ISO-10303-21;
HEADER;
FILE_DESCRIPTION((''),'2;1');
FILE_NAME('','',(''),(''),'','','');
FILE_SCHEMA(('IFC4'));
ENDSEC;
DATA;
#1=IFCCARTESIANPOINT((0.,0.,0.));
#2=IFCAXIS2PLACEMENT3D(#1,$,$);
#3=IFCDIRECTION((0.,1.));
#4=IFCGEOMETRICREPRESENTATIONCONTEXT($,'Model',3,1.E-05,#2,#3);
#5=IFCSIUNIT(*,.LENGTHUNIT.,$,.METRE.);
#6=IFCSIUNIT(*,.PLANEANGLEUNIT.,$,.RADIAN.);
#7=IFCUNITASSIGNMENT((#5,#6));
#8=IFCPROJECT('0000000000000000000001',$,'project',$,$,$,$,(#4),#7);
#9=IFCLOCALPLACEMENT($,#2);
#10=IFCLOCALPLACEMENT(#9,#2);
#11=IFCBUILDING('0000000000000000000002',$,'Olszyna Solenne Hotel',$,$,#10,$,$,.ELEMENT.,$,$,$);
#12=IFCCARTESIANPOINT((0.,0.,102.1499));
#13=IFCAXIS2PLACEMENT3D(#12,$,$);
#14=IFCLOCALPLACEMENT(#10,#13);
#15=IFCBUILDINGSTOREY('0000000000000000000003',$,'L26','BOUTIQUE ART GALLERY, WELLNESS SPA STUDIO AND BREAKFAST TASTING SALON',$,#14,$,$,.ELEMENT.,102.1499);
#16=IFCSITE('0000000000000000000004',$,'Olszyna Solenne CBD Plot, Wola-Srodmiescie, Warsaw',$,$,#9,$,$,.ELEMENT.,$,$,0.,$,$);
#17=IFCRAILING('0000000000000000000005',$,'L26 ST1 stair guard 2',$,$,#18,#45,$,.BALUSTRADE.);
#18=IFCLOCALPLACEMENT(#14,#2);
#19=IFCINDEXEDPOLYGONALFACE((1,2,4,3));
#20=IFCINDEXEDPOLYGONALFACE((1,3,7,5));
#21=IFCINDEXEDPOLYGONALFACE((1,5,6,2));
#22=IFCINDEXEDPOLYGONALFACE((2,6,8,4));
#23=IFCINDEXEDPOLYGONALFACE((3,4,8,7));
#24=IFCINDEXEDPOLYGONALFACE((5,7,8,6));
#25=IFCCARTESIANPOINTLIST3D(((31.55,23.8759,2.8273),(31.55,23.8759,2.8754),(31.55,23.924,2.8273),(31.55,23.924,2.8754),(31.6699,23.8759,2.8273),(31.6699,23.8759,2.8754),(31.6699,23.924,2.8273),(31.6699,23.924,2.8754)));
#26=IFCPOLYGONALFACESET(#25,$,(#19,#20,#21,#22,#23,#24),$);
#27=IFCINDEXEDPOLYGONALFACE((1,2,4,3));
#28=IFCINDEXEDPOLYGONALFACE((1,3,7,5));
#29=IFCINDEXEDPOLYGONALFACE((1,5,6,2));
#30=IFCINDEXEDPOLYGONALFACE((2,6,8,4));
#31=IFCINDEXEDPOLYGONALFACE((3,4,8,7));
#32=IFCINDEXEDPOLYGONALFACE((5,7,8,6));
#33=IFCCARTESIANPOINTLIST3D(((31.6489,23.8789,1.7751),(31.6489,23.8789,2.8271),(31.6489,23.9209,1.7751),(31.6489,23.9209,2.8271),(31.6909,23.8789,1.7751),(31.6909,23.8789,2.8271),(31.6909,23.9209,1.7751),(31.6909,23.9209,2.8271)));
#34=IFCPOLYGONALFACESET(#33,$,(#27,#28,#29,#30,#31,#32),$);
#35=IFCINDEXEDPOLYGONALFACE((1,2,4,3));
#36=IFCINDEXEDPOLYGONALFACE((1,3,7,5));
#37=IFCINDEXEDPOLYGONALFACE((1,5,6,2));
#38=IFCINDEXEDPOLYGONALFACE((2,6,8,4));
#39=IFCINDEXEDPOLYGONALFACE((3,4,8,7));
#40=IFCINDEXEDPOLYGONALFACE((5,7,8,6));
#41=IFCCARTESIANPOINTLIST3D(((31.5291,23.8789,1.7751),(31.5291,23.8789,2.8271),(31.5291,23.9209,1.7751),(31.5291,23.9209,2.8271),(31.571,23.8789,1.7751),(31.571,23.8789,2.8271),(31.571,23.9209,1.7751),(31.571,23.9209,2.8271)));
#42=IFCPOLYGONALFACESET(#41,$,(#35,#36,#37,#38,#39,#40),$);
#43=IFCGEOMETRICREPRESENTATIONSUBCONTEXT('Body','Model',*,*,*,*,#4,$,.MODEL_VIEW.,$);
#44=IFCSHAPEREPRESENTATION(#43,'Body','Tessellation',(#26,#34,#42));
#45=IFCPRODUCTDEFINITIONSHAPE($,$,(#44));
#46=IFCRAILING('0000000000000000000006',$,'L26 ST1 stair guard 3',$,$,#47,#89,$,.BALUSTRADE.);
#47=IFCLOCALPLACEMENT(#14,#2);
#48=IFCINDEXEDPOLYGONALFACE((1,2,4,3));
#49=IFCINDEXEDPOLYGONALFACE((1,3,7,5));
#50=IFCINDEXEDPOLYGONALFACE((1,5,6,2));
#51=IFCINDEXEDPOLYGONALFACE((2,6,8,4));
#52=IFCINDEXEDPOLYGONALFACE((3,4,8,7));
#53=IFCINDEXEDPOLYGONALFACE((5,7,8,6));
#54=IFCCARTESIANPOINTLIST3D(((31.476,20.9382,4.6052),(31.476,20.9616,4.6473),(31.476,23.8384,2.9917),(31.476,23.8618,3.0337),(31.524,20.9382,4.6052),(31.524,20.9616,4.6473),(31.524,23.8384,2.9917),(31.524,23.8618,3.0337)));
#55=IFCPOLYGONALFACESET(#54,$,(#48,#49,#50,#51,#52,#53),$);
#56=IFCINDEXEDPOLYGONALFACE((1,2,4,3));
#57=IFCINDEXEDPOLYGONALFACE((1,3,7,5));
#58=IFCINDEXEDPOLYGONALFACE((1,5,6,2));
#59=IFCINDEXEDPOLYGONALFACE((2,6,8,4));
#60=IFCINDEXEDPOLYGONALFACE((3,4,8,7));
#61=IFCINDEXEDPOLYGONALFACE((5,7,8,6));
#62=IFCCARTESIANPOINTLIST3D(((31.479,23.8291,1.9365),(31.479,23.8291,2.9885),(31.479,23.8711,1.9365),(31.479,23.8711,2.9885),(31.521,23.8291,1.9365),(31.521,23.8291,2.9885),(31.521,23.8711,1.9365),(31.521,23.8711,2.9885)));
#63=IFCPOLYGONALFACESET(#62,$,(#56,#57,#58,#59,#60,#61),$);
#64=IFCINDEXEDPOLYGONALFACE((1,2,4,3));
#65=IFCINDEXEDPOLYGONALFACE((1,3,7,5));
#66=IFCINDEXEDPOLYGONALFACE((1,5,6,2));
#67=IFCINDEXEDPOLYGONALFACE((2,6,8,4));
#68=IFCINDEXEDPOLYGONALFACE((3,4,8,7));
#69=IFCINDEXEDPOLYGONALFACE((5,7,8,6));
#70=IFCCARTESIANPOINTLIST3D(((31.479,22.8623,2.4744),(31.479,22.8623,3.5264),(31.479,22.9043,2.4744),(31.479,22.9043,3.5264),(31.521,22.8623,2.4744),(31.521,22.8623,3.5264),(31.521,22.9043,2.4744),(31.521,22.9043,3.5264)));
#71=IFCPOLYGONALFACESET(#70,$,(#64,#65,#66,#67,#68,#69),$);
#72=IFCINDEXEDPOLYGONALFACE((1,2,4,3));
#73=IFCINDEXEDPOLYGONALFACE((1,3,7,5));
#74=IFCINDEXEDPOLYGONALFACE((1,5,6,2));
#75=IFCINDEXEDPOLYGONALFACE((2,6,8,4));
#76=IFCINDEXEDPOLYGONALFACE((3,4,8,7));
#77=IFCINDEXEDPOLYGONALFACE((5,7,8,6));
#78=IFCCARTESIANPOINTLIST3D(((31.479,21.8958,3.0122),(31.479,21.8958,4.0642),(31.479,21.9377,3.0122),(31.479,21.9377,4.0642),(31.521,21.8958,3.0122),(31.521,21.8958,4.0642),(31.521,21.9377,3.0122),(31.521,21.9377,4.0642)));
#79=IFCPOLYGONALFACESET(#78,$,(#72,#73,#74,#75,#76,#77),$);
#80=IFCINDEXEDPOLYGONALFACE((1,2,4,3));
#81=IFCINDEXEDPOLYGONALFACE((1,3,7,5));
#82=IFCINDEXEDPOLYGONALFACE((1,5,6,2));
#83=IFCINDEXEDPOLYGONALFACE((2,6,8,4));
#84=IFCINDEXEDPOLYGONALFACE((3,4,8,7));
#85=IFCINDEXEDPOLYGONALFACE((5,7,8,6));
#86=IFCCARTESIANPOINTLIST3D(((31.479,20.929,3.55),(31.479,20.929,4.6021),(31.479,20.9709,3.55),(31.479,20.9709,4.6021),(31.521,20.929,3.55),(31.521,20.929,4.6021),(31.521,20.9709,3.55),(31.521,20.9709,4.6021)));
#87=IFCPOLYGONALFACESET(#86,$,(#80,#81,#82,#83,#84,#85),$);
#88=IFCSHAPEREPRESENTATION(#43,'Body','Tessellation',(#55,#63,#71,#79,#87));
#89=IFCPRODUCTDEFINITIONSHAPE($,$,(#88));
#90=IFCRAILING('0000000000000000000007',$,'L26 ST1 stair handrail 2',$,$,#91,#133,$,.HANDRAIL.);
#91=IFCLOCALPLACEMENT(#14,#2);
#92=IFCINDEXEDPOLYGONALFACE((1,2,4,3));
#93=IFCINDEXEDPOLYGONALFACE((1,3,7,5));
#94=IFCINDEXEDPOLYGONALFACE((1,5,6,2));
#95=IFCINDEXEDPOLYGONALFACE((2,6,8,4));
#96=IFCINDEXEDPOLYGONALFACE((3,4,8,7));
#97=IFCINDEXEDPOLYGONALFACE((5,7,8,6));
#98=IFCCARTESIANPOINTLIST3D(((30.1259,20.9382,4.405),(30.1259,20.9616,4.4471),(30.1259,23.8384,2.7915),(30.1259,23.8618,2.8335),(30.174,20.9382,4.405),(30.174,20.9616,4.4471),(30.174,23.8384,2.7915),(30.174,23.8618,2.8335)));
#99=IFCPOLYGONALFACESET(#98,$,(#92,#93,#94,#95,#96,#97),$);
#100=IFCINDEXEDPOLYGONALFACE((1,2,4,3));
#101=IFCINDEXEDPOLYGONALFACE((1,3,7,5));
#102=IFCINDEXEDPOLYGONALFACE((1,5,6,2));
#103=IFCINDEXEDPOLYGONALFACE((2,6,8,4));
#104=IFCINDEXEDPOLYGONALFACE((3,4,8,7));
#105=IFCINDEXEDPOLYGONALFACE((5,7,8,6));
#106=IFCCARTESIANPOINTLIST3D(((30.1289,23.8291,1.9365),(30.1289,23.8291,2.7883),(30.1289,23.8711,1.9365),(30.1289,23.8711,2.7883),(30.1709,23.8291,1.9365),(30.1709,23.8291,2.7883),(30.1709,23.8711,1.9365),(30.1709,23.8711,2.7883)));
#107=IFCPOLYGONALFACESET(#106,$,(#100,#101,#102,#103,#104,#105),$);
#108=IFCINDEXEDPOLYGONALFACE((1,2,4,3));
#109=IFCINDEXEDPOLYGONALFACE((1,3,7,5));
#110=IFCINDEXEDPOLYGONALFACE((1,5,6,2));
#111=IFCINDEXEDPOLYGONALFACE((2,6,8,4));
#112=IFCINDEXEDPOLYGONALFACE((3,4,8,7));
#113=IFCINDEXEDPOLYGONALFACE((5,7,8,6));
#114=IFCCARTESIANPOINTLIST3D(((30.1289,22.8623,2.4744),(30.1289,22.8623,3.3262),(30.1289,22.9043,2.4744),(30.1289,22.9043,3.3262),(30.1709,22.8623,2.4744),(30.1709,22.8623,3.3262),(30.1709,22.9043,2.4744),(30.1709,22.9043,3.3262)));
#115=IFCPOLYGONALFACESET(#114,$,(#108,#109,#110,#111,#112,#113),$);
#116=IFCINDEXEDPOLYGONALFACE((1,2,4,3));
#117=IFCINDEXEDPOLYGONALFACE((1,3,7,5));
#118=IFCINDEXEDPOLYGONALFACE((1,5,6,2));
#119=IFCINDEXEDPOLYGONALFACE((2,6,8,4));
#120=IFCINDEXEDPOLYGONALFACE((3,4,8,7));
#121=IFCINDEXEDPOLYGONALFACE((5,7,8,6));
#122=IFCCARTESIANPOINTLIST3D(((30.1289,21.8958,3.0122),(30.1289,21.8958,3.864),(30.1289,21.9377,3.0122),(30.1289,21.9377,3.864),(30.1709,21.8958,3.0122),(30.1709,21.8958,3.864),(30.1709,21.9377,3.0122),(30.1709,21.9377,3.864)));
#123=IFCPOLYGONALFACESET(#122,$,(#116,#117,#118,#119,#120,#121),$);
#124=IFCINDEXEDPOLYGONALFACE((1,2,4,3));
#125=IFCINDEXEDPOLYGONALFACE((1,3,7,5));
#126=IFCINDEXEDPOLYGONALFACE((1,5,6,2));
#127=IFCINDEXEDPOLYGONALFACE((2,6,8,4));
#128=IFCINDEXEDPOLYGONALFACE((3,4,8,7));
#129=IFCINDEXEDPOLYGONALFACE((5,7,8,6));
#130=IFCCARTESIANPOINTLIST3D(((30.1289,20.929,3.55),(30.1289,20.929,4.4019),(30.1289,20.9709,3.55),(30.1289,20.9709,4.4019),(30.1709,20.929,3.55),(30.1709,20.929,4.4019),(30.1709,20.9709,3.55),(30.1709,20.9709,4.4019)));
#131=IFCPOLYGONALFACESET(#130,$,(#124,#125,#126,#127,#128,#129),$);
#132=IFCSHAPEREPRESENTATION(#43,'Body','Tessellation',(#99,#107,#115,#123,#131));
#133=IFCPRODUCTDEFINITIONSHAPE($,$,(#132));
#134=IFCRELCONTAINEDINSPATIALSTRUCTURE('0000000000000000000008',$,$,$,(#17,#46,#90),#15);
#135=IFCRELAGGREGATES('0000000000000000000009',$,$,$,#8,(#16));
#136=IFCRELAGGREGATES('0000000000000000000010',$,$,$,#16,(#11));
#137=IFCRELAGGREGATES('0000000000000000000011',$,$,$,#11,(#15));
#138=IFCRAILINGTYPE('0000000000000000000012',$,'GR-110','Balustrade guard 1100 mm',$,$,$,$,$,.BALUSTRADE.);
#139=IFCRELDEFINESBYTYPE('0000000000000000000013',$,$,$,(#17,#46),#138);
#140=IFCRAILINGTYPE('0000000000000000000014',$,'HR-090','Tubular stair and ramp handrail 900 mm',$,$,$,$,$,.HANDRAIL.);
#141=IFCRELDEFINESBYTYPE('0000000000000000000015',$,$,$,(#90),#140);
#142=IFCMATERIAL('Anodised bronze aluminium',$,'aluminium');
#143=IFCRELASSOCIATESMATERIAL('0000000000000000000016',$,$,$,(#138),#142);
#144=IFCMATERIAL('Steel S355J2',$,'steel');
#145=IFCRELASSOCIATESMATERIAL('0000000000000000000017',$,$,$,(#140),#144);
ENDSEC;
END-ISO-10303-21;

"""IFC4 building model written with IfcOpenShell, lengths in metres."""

from ifc_helpers import new_model, si_unit, direction, frame, origin, origin_2d, place, context, subcontext, project, spatial, rectangle, extrude, material, type_object, element, save


model = new_model("IFC4")

# Units and contexts
model_context = context("Model", 3, precision=1e-05, world=origin(), true_north=direction((0.0, 1.0)))
body_context = subcontext(model_context, "Body", "Model", "MODEL_VIEW")
ifc_project = project(units=[si_unit("LENGTHUNIT", "METRE"), si_unit("PLANEANGLEUNIT", "RADIAN")], contexts=[model_context])

# Site, building, storey
site_placement = place(None, origin())
site = spatial("IfcSite", under=ifc_project, at=site_placement, Name="Olszyna Solenne CBD Plot, Wola-Srodmiescie, Warsaw", CompositionType="ELEMENT", RefElevation=0.0)
building_placement = place(site_placement, origin())
building = spatial("IfcBuilding", under=site, at=building_placement, Name="Olszyna Solenne Hotel", CompositionType="ELEMENT")
storey_placement = place(building_placement, frame((0.0, 0.0, 102.1499)))
storey = spatial("IfcBuildingStorey", under=building, at=storey_placement, Name="L26", Description="BOUTIQUE ART GALLERY, WELLNESS SPA STUDIO AND BREAKFAST TASTING SALON", CompositionType="ELEMENT", Elevation=102.1499)

# Shared definitions
ifc_material_1 = material(Name="Steel S355J2", Category="steel")

# Shared definitions
ifc_material_2 = material(Name="Anodised bronze aluminium", Category="aluminium")

# Railings
railing_type_1 = type_object("IfcRailingType", Name="GR-110", Description="Balustrade guard 1100 mm", PredefinedType="BALUSTRADE", material=ifc_material_2)
railing_1_placement = place(storey_placement, frame((31.6699, 23.8999, 1.7751)))
element("IfcRailing", 1, at=railing_1_placement, inside=storey, type_object=railing_type_1, Name="L26 ST1 stair guard 2", PredefinedType="BALUSTRADE", context=body_context, shape_type="SweptSolid", body=[
    extrude(rectangle(XDim=0.0481, YDim=0.0481, at=origin_2d()), frame((0.0, 0.0, 1.0762), z_axis=(-1.0, 0.0, 0.0), x_axis=(0.0, -1.0, 0.0)), (0.0, 0.0, 1.0), 0.1199),
    extrude(rectangle(XDim=0.042, YDim=0.042, at=origin_2d()), origin(), (0.0, 0.0, 1.0), 1.052),
    extrude(rectangle(XDim=0.042, YDim=0.042, at=origin_2d()), frame((-0.1199, 0.0, 0.0)), (0.0, 0.0, 1.0), 1.052),
])
railing_2_placement = place(storey_placement, frame((31.5, 23.8501, 1.9365)))
element("IfcRailing", 2, at=railing_2_placement, inside=storey, type_object=railing_type_1, Name="L26 ST1 stair guard 3", PredefinedType="BALUSTRADE", context=body_context, shape_type="SweptSolid", body=[
    extrude(rectangle(XDim=0.0481, YDim=0.0481, at=origin_2d()), frame((0.0, 0.0, 1.0762), z_axis=(0.0, -0.873859, 0.48618), x_axis=(1.0, 0.0, 0.0)), (0.0, 0.0, 1.0), 3.3188),
    extrude(rectangle(XDim=0.042, YDim=0.042, at=origin_2d()), origin(), (0.0, 0.0, 1.0), 1.052),
    extrude(rectangle(XDim=0.042, YDim=0.042, at=origin_2d()), frame((0.0, -0.9668, 0.5378)), (0.0, 0.0, 1.0), 1.052),
    extrude(rectangle(XDim=0.042, YDim=0.042, at=origin_2d()), frame((0.0, -1.9333, 1.0757)), (0.0, 0.0, 1.0), 1.052),
    extrude(rectangle(XDim=0.042, YDim=0.042, at=origin_2d()), frame((0.0, -2.9001, 1.6135)), (0.0, 0.0, 1.0), 1.052),
])
railing_type_2 = type_object("IfcRailingType", Name="HR-090", Description="Tubular stair and ramp handrail 900 mm", PredefinedType="HANDRAIL", material=ifc_material_1)
railing_3_placement = place(storey_placement, frame((30.1499, 23.8501, 1.9365)))
element("IfcRailing", 3, at=railing_3_placement, inside=storey, type_object=railing_type_2, Name="L26 ST1 stair handrail 2", PredefinedType="HANDRAIL", context=body_context, shape_type="SweptSolid", body=[
    extrude(rectangle(XDim=0.0481, YDim=0.0481, at=origin_2d()), frame((0.0, 0.0, 0.876), z_axis=(0.0, -0.873859, 0.48618), x_axis=(1.0, 0.0, 0.0)), (0.0, 0.0, 1.0), 3.3188),
    extrude(rectangle(XDim=0.042, YDim=0.042, at=origin_2d()), origin(), (0.0, 0.0, 1.0), 0.8518),
    extrude(rectangle(XDim=0.042, YDim=0.042, at=origin_2d()), frame((0.0, -0.9668, 0.5378)), (0.0, 0.0, 1.0), 0.8518),
    extrude(rectangle(XDim=0.042, YDim=0.042, at=origin_2d()), frame((0.0, -1.9333, 1.0757)), (0.0, 0.0, 1.0), 0.8518),
    extrude(rectangle(XDim=0.042, YDim=0.042, at=origin_2d()), frame((0.0, -2.9001, 1.6135)), (0.0, 0.0, 1.0), 0.8518),
])

save(model, "model.ifc")
